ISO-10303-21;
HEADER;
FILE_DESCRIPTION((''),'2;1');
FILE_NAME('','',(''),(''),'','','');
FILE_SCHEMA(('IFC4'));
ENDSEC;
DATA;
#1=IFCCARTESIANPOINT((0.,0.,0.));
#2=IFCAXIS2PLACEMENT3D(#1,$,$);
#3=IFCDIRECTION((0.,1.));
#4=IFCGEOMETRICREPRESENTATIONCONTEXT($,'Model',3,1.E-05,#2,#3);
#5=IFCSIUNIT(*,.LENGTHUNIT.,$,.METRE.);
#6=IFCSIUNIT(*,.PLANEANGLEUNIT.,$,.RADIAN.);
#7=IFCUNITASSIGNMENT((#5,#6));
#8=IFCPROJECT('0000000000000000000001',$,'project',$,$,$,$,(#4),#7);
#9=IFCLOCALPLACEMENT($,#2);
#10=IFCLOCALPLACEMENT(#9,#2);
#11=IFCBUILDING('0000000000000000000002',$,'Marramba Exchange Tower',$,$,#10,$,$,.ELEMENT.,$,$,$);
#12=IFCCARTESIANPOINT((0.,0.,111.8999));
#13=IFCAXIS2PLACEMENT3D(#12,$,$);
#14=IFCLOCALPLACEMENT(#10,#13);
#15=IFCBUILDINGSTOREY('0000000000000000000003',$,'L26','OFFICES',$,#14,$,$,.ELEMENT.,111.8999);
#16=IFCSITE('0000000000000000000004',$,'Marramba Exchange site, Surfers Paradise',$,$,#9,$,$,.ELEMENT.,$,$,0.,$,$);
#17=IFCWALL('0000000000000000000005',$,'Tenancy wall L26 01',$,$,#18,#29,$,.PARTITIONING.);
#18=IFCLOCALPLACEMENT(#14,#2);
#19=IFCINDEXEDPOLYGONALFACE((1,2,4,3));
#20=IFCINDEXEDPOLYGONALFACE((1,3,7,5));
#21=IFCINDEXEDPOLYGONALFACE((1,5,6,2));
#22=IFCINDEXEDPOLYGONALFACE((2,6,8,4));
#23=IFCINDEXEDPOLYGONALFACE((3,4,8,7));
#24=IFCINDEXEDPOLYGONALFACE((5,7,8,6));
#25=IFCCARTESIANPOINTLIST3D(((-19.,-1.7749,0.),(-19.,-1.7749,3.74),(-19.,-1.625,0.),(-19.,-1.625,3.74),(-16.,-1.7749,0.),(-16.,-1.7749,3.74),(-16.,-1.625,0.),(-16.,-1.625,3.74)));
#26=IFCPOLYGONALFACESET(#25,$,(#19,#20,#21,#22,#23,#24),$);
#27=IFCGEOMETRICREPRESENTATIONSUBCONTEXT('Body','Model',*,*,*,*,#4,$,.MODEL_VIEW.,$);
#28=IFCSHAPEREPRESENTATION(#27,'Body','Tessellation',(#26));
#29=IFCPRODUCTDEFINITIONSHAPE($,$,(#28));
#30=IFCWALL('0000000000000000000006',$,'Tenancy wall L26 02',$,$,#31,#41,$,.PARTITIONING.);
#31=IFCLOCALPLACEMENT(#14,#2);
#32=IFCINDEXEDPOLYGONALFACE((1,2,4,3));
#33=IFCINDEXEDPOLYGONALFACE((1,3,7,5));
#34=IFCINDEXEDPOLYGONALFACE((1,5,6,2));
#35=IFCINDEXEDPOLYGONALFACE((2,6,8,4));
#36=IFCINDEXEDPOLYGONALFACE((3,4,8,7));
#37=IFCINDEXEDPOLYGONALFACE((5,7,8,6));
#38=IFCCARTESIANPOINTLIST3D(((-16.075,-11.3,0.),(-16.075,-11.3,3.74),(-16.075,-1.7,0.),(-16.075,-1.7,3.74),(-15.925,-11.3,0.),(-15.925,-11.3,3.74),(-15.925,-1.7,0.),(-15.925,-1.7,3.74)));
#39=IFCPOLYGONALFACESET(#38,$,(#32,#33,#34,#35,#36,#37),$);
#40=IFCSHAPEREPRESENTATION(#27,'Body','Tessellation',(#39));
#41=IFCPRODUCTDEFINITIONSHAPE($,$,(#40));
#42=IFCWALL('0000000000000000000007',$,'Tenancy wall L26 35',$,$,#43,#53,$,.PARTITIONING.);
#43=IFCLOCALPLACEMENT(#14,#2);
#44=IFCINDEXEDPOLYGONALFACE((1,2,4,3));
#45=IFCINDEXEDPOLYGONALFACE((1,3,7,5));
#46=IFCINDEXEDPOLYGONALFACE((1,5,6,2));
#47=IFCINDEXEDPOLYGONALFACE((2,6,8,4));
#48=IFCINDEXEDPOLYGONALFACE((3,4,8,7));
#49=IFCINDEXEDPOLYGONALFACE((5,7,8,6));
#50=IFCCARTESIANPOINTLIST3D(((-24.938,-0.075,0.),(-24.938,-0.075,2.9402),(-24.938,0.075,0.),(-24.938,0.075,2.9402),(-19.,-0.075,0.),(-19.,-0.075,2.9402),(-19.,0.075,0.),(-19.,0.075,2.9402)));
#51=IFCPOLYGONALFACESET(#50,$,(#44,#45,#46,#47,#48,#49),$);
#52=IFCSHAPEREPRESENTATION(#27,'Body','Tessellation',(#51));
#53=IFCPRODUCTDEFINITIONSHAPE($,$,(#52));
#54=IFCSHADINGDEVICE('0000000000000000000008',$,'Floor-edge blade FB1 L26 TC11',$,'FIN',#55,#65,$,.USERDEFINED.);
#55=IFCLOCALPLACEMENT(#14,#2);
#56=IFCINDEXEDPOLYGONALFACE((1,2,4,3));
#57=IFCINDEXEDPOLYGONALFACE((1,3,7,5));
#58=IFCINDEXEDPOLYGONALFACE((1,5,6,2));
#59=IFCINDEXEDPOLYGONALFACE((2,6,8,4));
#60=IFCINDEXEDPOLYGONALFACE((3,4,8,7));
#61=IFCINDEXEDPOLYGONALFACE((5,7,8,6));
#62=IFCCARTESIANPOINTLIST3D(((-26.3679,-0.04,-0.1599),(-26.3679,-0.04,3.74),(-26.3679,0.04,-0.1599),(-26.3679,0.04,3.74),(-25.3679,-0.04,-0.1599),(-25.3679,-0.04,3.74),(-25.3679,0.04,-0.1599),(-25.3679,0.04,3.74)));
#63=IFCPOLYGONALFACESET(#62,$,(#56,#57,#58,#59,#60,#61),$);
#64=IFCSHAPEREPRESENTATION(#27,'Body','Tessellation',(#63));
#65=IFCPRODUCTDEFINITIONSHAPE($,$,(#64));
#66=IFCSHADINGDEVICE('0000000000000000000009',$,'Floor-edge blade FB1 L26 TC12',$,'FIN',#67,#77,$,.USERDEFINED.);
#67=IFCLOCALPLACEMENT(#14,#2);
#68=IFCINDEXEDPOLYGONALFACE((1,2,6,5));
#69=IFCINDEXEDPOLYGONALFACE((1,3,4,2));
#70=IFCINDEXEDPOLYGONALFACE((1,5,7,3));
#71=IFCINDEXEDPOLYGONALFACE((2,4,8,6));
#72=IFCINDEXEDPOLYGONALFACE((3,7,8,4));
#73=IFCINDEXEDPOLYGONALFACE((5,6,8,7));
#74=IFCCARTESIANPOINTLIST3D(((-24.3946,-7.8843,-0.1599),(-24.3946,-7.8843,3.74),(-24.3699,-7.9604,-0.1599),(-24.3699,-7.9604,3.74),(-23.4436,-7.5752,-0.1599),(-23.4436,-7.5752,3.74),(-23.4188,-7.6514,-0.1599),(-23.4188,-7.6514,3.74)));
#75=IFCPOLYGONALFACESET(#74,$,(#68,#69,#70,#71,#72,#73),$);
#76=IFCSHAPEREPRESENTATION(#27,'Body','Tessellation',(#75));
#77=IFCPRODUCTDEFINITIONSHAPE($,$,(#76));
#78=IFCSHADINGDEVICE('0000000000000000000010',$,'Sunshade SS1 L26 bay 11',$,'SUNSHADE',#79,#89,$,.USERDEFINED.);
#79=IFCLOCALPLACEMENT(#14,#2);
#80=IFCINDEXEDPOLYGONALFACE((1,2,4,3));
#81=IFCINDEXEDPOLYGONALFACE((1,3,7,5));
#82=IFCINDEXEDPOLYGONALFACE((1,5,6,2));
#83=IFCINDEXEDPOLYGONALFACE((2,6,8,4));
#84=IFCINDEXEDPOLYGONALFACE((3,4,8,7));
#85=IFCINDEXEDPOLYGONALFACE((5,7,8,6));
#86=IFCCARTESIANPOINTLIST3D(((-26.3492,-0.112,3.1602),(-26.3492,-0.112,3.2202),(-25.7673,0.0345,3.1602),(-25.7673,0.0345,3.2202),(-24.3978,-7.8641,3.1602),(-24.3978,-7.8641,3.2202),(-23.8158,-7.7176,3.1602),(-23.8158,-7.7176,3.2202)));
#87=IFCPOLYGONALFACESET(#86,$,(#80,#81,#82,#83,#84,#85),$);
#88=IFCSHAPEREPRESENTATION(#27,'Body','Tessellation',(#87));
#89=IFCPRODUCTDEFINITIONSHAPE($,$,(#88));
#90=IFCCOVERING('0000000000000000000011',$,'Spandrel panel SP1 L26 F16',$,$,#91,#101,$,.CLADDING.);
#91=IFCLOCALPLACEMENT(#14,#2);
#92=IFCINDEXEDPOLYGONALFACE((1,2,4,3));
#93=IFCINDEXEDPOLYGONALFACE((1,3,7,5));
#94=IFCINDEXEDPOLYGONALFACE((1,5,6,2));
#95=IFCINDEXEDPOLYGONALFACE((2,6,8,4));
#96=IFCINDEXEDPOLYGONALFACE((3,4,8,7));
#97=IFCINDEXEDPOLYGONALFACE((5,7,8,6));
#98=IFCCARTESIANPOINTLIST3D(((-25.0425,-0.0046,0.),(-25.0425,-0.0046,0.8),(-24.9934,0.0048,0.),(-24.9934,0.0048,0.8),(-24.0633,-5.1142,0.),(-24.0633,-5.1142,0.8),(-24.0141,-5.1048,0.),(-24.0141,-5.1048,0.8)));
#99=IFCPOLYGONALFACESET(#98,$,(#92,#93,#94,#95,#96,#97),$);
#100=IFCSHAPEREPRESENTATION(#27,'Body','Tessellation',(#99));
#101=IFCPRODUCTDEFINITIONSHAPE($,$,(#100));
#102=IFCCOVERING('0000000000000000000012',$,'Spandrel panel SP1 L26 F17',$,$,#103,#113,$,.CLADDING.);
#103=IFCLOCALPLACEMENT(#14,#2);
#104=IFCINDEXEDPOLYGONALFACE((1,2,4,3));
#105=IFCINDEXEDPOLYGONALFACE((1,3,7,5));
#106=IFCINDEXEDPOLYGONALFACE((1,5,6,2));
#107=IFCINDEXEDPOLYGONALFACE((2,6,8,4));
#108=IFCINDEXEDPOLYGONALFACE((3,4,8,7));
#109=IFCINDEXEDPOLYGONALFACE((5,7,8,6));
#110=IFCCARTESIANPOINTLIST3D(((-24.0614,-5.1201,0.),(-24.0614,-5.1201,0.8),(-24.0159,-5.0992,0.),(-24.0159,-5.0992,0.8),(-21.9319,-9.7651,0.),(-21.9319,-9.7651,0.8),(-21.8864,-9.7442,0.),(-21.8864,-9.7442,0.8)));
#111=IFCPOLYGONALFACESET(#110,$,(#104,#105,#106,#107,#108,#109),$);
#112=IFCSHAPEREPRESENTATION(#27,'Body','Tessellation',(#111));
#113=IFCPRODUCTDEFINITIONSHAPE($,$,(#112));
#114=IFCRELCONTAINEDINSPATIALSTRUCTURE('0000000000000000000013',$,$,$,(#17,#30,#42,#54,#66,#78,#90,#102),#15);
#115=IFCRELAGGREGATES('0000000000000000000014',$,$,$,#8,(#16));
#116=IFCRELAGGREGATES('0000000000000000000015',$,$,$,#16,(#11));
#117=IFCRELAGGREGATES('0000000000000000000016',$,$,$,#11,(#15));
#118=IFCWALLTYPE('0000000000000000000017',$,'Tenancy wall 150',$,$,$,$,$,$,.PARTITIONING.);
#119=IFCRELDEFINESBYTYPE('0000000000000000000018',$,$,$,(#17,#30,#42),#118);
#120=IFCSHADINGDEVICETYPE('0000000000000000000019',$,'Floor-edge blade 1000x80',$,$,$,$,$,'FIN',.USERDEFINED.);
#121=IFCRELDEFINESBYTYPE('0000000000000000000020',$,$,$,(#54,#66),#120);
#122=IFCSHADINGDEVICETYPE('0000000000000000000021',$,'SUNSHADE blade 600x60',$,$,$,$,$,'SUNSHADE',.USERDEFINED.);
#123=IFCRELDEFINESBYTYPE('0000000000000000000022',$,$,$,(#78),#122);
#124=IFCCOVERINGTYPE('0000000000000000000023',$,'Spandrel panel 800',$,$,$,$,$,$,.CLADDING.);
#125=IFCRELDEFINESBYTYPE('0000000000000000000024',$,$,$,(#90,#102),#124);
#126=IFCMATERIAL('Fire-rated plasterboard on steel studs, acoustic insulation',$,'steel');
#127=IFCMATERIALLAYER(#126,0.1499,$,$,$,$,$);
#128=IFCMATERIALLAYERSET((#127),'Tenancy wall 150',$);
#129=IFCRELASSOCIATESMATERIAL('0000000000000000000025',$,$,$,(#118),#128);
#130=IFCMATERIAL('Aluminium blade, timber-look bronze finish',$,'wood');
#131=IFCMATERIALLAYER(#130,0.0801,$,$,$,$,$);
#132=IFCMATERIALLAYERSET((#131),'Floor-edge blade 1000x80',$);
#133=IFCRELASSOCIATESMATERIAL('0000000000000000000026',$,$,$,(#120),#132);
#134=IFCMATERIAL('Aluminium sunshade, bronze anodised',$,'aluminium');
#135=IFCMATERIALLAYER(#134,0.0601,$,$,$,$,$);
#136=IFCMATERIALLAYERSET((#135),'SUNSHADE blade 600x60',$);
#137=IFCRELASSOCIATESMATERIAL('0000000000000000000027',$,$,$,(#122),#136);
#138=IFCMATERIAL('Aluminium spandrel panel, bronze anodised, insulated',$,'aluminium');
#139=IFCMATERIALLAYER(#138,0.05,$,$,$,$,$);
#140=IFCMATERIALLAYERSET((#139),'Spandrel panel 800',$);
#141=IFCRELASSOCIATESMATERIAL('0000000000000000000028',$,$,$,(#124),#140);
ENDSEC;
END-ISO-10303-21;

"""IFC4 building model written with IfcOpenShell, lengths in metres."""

from ifc_helpers import new_model, si_unit, direction, frame, frame_2d, origin, origin_2d, place, context, subcontext, project, spatial, rectangle, extrude, material, layer, layer_set, type_object, element, save


model = new_model("IFC4")

# Units and contexts
model_context = context("Model", 3, precision=1e-05, world=origin(), true_north=direction((0.0, 1.0)))
body_context = subcontext(model_context, "Body", "Model", "MODEL_VIEW")
ifc_project = project(units=[si_unit("LENGTHUNIT", "METRE"), si_unit("PLANEANGLEUNIT", "RADIAN")], contexts=[model_context])

# Site, building, storey
site_placement = place(None, origin())
site = spatial("IfcSite", under=ifc_project, at=site_placement, Name="Marramba Exchange site, Surfers Paradise", CompositionType="ELEMENT", RefElevation=0.0)
building_placement = place(site_placement, origin())
building = spatial("IfcBuilding", under=site, at=building_placement, Name="Marramba Exchange Tower", CompositionType="ELEMENT")
storey_placement = place(building_placement, frame((0.0, 0.0, 111.8999)))
storey = spatial("IfcBuildingStorey", under=building, at=storey_placement, Name="L26", Description="OFFICES", CompositionType="ELEMENT", Elevation=111.8999)

# Walls
ifc_material_1 = material(Name="Fire-rated plasterboard on steel studs, acoustic insulation", Category="steel")
ifc_layer_1 = layer(ifc_material_1, 0.1499)
ifc_layer_set_1 = layer_set([ifc_layer_1], Name="Tenancy wall 150")
wall_type = type_object("IfcWallType", Name="Tenancy wall 150", PredefinedType="PARTITIONING", material=ifc_layer_set_1)
wall_1_placement = place(storey_placement, frame((-19.0, -1.7, 0.0), z_axis=(0.0, 0.0, 1.0), x_axis=(1.0, 0.0, 0.0)))
element("IfcWall", 1, at=wall_1_placement, inside=storey, type_object=wall_type, Name="Tenancy wall L26 01", PredefinedType="PARTITIONING", context=body_context, shape_type="SweptSolid", body=[
    extrude(rectangle(XDim=3.0, YDim=0.1499, at=frame_2d((1.5, 0.0))), origin(), (0.0, 0.0, 1.0), 3.74),
])
wall_2_placement = place(storey_placement, frame((-16.0, -1.7, 0.0), z_axis=(0.0, 0.0, 1.0), x_axis=(0.0, -1.0, 0.0)))
element("IfcWall", 2, at=wall_2_placement, inside=storey, type_object=wall_type, Name="Tenancy wall L26 02", PredefinedType="PARTITIONING", context=body_context, shape_type="SweptSolid", body=[
    extrude(rectangle(XDim=9.6001, YDim=0.1499, at=frame_2d((4.8, 0.0))), origin(), (0.0, 0.0, 1.0), 3.74),
])
wall_3_placement = place(storey_placement, frame((-24.938, 0.0, 0.0), z_axis=(0.0, 0.0, 1.0), x_axis=(1.0, 0.0, 0.0)))
element("IfcWall", 3, at=wall_3_placement, inside=storey, type_object=wall_type, Name="Tenancy wall L26 35", PredefinedType="PARTITIONING", context=body_context, shape_type="SweptSolid", body=[
    extrude(rectangle(XDim=5.938, YDim=0.1499, at=frame_2d((2.969, 0.0))), origin(), (0.0, 0.0, 1.0), 2.9402),
])

# Shading devices
ifc_material_2 = material(Name="Aluminium blade, timber-look bronze finish", Category="wood")
ifc_layer_2 = layer(ifc_material_2, 0.0801)
ifc_layer_set_2 = layer_set([ifc_layer_2], Name="Floor-edge blade 1000x80")
shading_device_type_1 = type_object("IfcShadingDeviceType", Name="Floor-edge blade 1000x80", ElementType="FIN", PredefinedType="USERDEFINED", material=ifc_layer_set_2)
for number, where, z_axis, x_axis, name in (
    (4, (-25.8679, 0.0, -0.1599), (0.0, 0.0, 1.0), (-1.0, 0.0, 0.0), "Floor-edge blade FB1 L26 TC11"),
    (5, (-23.9067, -7.7678, -0.1599), (0.0, 0.0, 1.0), (-0.951057, -0.309017, 0.0), "Floor-edge blade FB1 L26 TC12"),
):
    element("IfcShadingDevice", number, at=place(storey_placement, frame(where, z_axis=z_axis, x_axis=x_axis)), inside=storey, type_object=shading_device_type_1, Name=name, ObjectType="FIN", PredefinedType="USERDEFINED", context=body_context, shape_type="SweptSolid", body=[
        extrude(rectangle(XDim=1.0, YDim=0.0801, at=origin_2d()), origin(), (0.0, 0.0, 1.0), 3.8999),
    ])
ifc_material_3 = material(Name="Aluminium sunshade, bronze anodised", Category="aluminium")
ifc_layer_3 = layer(ifc_material_3, 0.0601)
ifc_layer_set_3 = layer_set([ifc_layer_3], Name="SUNSHADE blade 600x60")
shading_device_type_2 = type_object("IfcShadingDeviceType", Name="SUNSHADE blade 600x60", ElementType="SUNSHADE", PredefinedType="USERDEFINED", material=ifc_layer_set_3)
shading_device_placement = place(storey_placement, frame((-25.0825, -3.9148, 3.1602), z_axis=(0.0, 0.0, 1.0), x_axis=(0.244117, -0.969746, 0.0)))
element("IfcShadingDevice", 6, at=shading_device_placement, inside=storey, type_object=shading_device_type_2, Name="Sunshade SS1 L26 bay 11", ObjectType="SUNSHADE", PredefinedType="USERDEFINED", context=body_context, shape_type="SweptSolid", body=[
    extrude(rectangle(XDim=7.9939, YDim=0.6001, at=origin_2d()), origin(), (0.0, 0.0, 1.0), 0.0601),
])

# Coverings
ifc_material_4 = material(Name="Aluminium spandrel panel, bronze anodised, insulated", Category="aluminium")
ifc_layer_4 = layer(ifc_material_4, 0.05)
ifc_layer_set_4 = layer_set([ifc_layer_4], Name="Spandrel panel 800")
covering_type = type_object("IfcCoveringType", Name="Spandrel panel 800", PredefinedType="CLADDING", material=ifc_layer_set_4)
covering_1_placement = place(storey_placement, frame((-24.5283, -2.5547, 0.0), z_axis=(0.0, 0.0, 1.0), x_axis=(0.188227, -0.982126, 0.0)))
element("IfcCovering", 7, at=covering_1_placement, inside=storey, type_object=covering_type, Name="Spandrel panel SP1 L26 F16", PredefinedType="CLADDING", context=body_context, shape_type="SweptSolid", body=[
    extrude(rectangle(XDim=5.2026, YDim=0.05, at=origin_2d()), origin(), (0.0, 0.0, 1.0), 0.8),
])
covering_2_placement = place(storey_placement, frame((-22.9739, -7.4321, 0.0), z_axis=(0.0, 0.0, 1.0), x_axis=(0.416738, -0.909027, 0.0)))
element("IfcCovering", 8, at=covering_2_placement, inside=storey, type_object=covering_type, Name="Spandrel panel SP1 L26 F17", PredefinedType="CLADDING", context=body_context, shape_type="SweptSolid", body=[
    extrude(rectangle(XDim=5.1099, YDim=0.05, at=origin_2d()), origin(), (0.0, 0.0, 1.0), 0.8),
])

save(model, "model.ifc")
